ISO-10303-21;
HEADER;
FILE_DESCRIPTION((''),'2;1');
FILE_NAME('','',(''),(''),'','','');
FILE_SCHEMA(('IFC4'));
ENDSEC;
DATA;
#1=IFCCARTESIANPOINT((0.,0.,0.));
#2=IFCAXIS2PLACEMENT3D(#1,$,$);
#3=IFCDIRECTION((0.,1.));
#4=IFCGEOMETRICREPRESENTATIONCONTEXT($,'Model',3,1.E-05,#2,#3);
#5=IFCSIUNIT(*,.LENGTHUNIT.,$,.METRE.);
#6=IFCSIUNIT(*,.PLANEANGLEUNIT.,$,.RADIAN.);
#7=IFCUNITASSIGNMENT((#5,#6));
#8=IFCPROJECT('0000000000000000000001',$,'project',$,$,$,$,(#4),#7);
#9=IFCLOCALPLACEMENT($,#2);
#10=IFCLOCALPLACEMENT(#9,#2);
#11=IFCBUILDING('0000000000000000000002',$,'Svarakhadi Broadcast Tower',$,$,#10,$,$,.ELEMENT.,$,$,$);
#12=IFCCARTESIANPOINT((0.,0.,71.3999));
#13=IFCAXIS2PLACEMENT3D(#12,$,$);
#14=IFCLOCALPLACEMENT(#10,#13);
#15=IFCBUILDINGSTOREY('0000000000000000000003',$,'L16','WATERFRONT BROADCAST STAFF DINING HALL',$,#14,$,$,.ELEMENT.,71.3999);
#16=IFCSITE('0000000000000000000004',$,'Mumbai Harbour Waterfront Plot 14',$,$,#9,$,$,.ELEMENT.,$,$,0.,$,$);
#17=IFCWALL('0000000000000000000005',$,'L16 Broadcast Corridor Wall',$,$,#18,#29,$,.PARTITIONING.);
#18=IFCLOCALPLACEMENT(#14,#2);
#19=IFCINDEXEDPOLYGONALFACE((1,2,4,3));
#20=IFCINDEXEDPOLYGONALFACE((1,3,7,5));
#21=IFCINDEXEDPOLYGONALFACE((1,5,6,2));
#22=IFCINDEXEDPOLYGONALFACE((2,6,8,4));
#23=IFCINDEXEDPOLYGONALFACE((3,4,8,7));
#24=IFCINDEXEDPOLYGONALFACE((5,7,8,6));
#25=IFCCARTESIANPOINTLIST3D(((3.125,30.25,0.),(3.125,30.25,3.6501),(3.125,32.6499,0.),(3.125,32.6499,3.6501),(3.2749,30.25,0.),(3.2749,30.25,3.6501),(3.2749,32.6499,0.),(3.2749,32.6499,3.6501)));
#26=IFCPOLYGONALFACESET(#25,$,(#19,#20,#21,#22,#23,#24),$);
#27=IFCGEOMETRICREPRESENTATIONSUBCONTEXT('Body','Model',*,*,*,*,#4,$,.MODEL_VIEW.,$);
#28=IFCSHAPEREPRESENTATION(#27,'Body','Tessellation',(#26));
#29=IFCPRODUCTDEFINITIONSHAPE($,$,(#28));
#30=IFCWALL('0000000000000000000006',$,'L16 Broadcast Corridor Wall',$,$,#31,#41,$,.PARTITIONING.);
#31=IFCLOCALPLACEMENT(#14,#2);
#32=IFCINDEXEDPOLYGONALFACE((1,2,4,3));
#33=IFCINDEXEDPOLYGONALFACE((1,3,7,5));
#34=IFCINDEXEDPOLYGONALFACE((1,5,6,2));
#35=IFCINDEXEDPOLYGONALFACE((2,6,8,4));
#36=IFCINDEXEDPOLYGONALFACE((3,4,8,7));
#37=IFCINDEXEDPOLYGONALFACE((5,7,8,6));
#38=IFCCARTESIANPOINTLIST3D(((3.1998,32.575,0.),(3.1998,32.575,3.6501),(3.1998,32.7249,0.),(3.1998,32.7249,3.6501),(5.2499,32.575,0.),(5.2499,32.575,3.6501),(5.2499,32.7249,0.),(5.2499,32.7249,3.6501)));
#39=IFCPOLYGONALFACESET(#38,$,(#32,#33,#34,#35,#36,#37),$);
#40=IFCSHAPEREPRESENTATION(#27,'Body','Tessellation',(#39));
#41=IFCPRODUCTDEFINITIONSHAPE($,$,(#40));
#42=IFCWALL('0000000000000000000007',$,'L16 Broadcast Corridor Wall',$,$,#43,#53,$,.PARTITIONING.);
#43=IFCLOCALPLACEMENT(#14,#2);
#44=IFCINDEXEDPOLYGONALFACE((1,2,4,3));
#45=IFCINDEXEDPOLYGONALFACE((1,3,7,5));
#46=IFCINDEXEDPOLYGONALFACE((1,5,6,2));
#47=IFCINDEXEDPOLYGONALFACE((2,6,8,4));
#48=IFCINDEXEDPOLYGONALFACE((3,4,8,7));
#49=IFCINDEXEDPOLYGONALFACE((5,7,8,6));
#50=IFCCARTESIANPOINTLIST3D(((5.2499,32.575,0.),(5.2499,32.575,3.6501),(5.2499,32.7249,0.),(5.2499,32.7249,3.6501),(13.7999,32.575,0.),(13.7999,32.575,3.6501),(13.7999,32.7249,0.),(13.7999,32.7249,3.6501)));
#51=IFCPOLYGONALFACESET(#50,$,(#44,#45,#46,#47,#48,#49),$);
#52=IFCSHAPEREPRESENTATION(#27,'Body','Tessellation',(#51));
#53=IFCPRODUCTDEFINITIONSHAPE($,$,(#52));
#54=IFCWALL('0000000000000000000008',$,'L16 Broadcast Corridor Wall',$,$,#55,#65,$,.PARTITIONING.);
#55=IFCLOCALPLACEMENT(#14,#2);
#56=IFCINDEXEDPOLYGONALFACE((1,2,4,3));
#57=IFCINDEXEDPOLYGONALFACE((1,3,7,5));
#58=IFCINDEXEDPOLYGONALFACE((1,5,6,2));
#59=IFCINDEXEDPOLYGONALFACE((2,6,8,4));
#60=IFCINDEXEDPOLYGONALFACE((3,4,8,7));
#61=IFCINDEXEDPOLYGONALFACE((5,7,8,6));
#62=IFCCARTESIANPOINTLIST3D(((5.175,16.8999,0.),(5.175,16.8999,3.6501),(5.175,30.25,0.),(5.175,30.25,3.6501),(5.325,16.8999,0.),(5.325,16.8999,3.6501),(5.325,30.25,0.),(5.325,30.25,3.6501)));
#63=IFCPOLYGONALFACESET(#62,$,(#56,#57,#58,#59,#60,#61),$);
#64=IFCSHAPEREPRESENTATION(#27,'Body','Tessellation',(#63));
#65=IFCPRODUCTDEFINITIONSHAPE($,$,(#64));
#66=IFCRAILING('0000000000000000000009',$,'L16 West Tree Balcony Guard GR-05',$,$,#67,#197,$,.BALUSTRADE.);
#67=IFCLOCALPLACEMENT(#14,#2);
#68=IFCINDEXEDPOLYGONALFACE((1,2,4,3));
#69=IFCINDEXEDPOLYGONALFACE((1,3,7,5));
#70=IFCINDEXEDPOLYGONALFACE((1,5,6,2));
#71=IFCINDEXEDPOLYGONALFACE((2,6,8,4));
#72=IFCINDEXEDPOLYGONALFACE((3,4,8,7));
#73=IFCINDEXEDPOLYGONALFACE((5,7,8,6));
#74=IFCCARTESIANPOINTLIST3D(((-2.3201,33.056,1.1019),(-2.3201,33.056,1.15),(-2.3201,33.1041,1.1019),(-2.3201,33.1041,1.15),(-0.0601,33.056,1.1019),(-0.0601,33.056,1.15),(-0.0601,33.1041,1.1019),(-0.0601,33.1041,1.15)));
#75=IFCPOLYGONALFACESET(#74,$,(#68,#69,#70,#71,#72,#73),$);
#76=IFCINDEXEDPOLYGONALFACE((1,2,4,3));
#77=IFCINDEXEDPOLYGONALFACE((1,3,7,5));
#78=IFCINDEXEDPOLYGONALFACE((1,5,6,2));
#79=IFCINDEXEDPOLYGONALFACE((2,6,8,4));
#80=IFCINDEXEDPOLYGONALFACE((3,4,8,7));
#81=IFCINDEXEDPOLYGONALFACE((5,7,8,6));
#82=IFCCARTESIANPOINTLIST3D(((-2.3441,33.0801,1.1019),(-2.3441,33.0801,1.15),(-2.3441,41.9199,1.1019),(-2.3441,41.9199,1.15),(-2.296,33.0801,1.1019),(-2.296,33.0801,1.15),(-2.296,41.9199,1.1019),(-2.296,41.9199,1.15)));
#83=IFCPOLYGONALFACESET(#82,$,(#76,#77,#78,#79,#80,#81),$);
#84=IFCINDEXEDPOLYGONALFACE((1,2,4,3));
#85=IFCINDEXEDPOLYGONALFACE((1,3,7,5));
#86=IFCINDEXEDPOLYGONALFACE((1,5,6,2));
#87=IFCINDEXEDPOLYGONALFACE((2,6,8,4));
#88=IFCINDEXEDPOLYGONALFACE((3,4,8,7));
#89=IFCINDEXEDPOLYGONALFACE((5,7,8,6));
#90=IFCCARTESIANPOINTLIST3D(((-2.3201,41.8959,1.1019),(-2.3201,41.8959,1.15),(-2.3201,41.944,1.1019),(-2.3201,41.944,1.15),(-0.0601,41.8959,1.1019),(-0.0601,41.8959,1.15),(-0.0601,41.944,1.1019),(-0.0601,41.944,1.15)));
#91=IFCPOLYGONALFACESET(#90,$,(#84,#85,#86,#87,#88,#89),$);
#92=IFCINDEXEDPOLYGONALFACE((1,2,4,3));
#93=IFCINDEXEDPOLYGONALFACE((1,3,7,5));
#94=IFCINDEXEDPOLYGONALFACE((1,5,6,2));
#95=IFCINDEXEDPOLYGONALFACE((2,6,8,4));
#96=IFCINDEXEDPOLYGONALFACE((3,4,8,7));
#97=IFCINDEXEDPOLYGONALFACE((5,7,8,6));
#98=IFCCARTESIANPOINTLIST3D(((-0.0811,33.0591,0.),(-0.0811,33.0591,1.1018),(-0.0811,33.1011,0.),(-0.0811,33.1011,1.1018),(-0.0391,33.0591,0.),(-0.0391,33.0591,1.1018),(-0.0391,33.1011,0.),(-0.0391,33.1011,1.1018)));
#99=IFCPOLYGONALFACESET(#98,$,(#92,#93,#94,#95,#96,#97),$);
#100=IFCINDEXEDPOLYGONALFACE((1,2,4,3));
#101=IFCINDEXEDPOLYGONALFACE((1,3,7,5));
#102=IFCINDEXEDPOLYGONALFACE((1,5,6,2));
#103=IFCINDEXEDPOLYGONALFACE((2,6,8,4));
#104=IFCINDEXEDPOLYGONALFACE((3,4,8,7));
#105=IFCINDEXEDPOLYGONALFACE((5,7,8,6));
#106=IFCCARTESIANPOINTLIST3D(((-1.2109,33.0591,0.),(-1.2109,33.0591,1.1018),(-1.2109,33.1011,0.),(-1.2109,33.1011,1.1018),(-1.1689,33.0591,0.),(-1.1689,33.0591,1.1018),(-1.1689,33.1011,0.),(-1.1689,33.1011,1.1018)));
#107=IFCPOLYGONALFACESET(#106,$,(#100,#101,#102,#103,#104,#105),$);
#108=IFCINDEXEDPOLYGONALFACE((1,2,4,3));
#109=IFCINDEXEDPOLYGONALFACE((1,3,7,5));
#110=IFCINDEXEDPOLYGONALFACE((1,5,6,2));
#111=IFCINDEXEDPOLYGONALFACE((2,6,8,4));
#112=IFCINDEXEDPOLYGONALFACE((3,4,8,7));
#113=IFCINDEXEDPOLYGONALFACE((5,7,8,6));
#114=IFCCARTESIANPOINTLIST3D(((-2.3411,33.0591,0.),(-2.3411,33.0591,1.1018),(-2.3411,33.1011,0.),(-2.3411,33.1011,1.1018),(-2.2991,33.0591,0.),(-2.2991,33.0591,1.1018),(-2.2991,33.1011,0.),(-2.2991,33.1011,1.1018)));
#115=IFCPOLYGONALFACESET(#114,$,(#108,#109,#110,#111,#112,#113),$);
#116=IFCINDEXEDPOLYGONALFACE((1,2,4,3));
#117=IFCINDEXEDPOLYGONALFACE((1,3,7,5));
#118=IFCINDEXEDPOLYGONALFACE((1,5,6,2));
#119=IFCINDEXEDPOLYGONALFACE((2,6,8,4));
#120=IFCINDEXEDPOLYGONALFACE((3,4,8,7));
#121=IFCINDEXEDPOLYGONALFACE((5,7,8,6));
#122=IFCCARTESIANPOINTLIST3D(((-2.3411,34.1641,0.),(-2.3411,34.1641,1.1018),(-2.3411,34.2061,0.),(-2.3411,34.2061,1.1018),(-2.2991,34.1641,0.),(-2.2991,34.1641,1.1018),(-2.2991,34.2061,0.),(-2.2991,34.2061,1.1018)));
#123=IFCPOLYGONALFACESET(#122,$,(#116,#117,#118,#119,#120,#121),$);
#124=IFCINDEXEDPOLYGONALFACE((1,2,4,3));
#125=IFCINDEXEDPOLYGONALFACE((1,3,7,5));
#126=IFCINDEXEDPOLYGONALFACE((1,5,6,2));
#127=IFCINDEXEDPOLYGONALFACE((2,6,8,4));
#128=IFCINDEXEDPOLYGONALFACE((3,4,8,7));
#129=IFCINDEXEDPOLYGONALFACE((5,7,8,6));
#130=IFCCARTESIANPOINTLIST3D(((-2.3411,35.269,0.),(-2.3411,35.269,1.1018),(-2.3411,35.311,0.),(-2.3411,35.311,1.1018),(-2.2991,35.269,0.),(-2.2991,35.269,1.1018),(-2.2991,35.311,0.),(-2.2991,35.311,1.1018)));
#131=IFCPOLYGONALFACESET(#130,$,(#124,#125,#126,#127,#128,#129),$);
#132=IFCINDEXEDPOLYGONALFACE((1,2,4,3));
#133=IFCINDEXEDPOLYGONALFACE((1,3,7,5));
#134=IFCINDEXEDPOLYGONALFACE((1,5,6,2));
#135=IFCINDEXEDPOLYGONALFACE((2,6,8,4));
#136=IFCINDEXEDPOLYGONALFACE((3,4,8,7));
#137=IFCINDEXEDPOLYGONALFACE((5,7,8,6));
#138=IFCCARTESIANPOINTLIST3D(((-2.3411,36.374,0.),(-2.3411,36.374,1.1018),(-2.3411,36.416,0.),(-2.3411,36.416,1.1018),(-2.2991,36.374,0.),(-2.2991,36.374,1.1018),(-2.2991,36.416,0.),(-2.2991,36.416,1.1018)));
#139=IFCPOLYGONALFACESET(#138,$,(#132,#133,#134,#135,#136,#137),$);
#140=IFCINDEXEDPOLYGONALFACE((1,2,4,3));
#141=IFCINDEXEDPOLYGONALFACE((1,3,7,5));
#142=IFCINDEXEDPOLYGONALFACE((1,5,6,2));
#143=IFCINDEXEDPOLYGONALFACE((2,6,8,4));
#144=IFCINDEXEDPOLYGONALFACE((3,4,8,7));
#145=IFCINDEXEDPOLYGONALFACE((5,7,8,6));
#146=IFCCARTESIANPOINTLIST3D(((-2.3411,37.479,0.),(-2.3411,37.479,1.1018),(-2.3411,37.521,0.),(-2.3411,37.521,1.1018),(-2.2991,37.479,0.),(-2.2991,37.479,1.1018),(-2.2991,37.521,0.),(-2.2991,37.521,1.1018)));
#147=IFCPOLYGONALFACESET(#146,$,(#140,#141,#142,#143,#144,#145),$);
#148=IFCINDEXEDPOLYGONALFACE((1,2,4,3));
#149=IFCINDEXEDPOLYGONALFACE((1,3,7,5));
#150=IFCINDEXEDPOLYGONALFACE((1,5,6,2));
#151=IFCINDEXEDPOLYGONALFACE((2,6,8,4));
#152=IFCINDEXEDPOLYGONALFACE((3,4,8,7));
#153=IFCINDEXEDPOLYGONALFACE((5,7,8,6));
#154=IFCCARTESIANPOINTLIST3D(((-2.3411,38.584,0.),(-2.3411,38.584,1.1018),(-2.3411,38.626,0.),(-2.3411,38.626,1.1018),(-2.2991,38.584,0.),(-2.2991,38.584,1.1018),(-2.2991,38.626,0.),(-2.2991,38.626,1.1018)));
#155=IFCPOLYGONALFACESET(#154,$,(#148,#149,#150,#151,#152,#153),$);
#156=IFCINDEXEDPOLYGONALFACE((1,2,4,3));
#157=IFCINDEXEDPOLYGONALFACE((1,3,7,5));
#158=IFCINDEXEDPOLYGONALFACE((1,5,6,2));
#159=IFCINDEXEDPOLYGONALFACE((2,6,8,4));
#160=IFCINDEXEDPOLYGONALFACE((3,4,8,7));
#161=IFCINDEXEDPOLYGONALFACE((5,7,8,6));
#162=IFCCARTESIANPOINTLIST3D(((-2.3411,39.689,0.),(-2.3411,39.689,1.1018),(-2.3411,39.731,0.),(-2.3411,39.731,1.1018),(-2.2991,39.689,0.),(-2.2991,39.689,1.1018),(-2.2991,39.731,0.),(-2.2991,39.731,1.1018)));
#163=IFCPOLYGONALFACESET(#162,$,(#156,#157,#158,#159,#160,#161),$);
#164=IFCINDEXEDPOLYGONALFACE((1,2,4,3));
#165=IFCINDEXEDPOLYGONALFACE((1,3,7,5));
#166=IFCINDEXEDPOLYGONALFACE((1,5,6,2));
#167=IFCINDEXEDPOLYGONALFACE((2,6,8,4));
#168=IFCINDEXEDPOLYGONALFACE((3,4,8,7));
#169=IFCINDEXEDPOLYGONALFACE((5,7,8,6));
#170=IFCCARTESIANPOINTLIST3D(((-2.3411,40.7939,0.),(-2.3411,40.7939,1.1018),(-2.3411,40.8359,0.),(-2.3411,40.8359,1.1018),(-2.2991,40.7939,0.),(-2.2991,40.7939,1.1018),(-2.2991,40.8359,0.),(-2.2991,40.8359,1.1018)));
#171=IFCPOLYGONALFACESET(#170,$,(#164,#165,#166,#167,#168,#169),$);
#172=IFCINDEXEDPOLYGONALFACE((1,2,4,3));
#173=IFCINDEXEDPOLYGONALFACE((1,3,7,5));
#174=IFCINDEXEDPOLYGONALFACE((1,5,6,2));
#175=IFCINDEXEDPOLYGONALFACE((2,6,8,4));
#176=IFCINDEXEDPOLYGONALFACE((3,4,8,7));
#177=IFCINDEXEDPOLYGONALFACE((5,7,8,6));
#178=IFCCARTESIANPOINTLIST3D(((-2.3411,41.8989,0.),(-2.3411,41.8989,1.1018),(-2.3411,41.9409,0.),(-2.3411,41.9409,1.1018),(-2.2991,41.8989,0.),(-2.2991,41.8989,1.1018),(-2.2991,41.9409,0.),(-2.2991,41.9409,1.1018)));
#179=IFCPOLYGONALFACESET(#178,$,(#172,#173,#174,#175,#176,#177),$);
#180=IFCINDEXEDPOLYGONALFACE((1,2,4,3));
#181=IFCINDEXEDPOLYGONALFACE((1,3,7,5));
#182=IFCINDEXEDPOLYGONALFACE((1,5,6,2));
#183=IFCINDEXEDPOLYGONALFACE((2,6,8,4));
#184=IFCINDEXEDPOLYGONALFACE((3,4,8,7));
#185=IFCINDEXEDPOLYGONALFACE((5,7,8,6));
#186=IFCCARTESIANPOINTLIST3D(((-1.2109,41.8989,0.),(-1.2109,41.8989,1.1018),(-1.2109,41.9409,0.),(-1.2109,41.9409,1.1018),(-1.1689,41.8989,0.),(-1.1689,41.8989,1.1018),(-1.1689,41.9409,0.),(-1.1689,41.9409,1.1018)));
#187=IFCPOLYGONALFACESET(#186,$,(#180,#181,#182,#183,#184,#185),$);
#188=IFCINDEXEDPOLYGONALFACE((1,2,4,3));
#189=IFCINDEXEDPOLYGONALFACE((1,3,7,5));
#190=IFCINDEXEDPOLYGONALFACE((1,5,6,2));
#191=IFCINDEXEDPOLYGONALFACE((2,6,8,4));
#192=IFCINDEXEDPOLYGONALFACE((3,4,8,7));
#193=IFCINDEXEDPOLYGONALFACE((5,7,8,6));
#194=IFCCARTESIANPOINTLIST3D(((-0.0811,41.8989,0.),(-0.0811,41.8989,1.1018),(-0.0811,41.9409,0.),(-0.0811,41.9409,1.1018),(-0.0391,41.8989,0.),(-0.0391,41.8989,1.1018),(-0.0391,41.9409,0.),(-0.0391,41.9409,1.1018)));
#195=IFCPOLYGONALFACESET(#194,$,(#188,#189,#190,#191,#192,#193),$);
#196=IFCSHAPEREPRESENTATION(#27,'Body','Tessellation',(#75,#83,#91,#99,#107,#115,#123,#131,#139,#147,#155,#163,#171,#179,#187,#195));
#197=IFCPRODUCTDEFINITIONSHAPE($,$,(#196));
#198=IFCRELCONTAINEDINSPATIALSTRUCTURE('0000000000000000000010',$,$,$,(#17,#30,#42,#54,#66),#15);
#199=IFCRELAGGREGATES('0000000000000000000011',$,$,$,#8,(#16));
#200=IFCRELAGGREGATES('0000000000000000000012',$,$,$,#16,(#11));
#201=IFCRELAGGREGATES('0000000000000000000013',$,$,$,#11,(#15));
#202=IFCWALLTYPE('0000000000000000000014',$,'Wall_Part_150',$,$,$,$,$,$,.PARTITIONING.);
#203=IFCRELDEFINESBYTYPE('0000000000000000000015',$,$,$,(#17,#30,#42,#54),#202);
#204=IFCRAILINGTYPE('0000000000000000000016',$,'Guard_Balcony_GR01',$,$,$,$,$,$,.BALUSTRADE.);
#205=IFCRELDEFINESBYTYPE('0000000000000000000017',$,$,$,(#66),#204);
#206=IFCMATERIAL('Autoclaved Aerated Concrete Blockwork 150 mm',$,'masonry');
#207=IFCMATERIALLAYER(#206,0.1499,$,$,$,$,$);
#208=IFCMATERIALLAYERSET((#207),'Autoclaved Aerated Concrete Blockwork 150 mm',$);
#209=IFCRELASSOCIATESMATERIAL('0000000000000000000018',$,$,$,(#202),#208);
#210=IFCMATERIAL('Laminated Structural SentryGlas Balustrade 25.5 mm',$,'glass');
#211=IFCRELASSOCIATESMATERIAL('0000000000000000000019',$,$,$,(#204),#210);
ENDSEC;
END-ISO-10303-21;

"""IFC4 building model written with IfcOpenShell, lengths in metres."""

from ifc_helpers import new_model, si_unit, direction, frame, frame_2d, origin, origin_2d, place, context, subcontext, project, spatial, rectangle, extrude, material, layer, layer_set, type_object, element, save


model = new_model("IFC4")

# Units and contexts
model_context = context("Model", 3, precision=1e-05, world=origin(), true_north=direction((0.0, 1.0)))
body_context = subcontext(model_context, "Body", "Model", "MODEL_VIEW")
ifc_project = project(units=[si_unit("LENGTHUNIT", "METRE"), si_unit("PLANEANGLEUNIT", "RADIAN")], contexts=[model_context])

# Site, building, storey
site_placement = place(None, origin())
site = spatial("IfcSite", under=ifc_project, at=site_placement, Name="Mumbai Harbour Waterfront Plot 14", CompositionType="ELEMENT", RefElevation=0.0)
building_placement = place(site_placement, origin())
building = spatial("IfcBuilding", under=site, at=building_placement, Name="Svarakhadi Broadcast Tower", CompositionType="ELEMENT")
storey_placement = place(building_placement, frame((0.0, 0.0, 71.3999)))
storey = spatial("IfcBuildingStorey", under=building, at=storey_placement, Name="L16", Description="WATERFRONT BROADCAST STAFF DINING HALL", CompositionType="ELEMENT", Elevation=71.3999)

# Walls
ifc_material_1 = material(Name="Autoclaved Aerated Concrete Blockwork 150 mm", Category="masonry")
ifc_layer_1 = layer(ifc_material_1, 0.1499)
ifc_layer_set_1 = layer_set([ifc_layer_1], Name="Autoclaved Aerated Concrete Blockwork 150 mm")
wall_type_1 = type_object("IfcWallType", Name="Wall_Part_150", PredefinedType="PARTITIONING", material=ifc_layer_set_1)
wall_1_placement = place(storey_placement, frame((3.2, 30.25, 0.0), z_axis=(0.0, 0.0, 1.0), x_axis=(0.0, 1.0, 0.0)))
element("IfcWall", 1, at=wall_1_placement, inside=storey, type_object=wall_type_1, Name="L16 Broadcast Corridor Wall", PredefinedType="PARTITIONING", context=body_context, shape_type="SweptSolid", body=[
    extrude(rectangle(XDim=2.3999, YDim=0.1499, at=frame_2d((1.2, 0.0))), origin(), (0.0, 0.0, 1.0), 3.6501),
])
wall_2_placement = place(storey_placement, frame((3.2, 32.6499, 0.0), z_axis=(0.0, 0.0, 1.0), x_axis=(1.0, 0.0, 0.0)))
element("IfcWall", 2, at=wall_2_placement, inside=storey, type_object=wall_type_1, Name="L16 Broadcast Corridor Wall", PredefinedType="PARTITIONING", context=body_context, shape_type="SweptSolid", body=[
    extrude(rectangle(XDim=2.05, YDim=0.1499, at=frame_2d((1.0249, 0.0))), origin(), (0.0, 0.0, 1.0), 3.6501),
])
wall_3_placement = place(storey_placement, frame((5.25, 32.6499, 0.0), z_axis=(0.0, 0.0, 1.0), x_axis=(1.0, 0.0, 0.0)))
element("IfcWall", 3, at=wall_3_placement, inside=storey, type_object=wall_type_1, Name="L16 Broadcast Corridor Wall", PredefinedType="PARTITIONING", context=body_context, shape_type="SweptSolid", body=[
    extrude(rectangle(XDim=8.55, YDim=0.1499, at=frame_2d((4.2749, 0.0))), origin(), (0.0, 0.0, 1.0), 3.6501),
])
wall_4_placement = place(storey_placement, frame((5.25, 30.25, 0.0), z_axis=(0.0, 0.0, 1.0), x_axis=(0.0, -1.0, 0.0)))
element("IfcWall", 4, at=wall_4_placement, inside=storey, type_object=wall_type_1, Name="L16 Broadcast Corridor Wall", PredefinedType="PARTITIONING", context=body_context, shape_type="SweptSolid", body=[
    extrude(rectangle(XDim=13.3501, YDim=0.1499, at=frame_2d((6.675, 0.0))), origin(), (0.0, 0.0, 1.0), 3.6501),
])

# Railing
ifc_material_2 = material(Name="Laminated Structural SentryGlas Balustrade 25.5 mm", Category="glass")
railing_type = type_object("IfcRailingType", Name="Guard_Balcony_GR01", PredefinedType="BALUSTRADE", material=ifc_material_2)
railing_placement = place(storey_placement, frame((-0.0601, 33.0801, 0.0)))
element("IfcRailing", 5, at=railing_placement, inside=storey, type_object=railing_type, Name="L16 West Tree Balcony Guard GR-05", PredefinedType="BALUSTRADE", context=body_context, shape_type="SweptSolid", body=[
    extrude(rectangle(XDim=0.0481, YDim=0.0481, at=origin_2d()), frame((0.0, 0.0, 1.126), z_axis=(-1.0, 0.0, 0.0), x_axis=(0.0, -1.0, 0.0)), (0.0, 0.0, 1.0), 2.26),
    extrude(rectangle(XDim=0.0481, YDim=0.0481, at=origin_2d()), frame((-2.26, 0.0, 1.126), z_axis=(0.0, 1.0, 0.0), x_axis=(-1.0, 0.0, 0.0)), (0.0, 0.0, 1.0), 8.8398),
    extrude(rectangle(XDim=0.0481, YDim=0.0481, at=origin_2d()), frame((-2.26, 8.8398, 1.126), z_axis=(1.0, 0.0, 0.0), x_axis=(0.0, 1.0, 0.0)), (0.0, 0.0, 1.0), 2.26),
    extrude(rectangle(XDim=0.042, YDim=0.042, at=origin_2d()), origin(), (0.0, 0.0, 1.0), 1.1018),
    extrude(rectangle(XDim=0.042, YDim=0.042, at=origin_2d()), frame((-1.1299, 0.0, 0.0)), (0.0, 0.0, 1.0), 1.1018),
    extrude(rectangle(XDim=0.042, YDim=0.042, at=origin_2d()), frame((-2.26, 0.0, 0.0)), (0.0, 0.0, 1.0), 1.1018),
    extrude(rectangle(XDim=0.042, YDim=0.042, at=origin_2d()), frame((-2.26, 1.105, 0.0)), (0.0, 0.0, 1.0), 1.1018),
    extrude(rectangle(XDim=0.042, YDim=0.042, at=origin_2d()), frame((-2.26, 2.21, 0.0)), (0.0, 0.0, 1.0), 1.1018),
    extrude(rectangle(XDim=0.042, YDim=0.042, at=origin_2d()), frame((-2.26, 3.3149, 0.0)), (0.0, 0.0, 1.0), 1.1018),
    extrude(rectangle(XDim=0.042, YDim=0.042, at=origin_2d()), frame((-2.26, 4.4199, 0.0)), (0.0, 0.0, 1.0), 1.1018),
    extrude(rectangle(XDim=0.042, YDim=0.042, at=origin_2d()), frame((-2.26, 5.5249, 0.0)), (0.0, 0.0, 1.0), 1.1018),
    extrude(rectangle(XDim=0.042, YDim=0.042, at=origin_2d()), frame((-2.26, 6.6299, 0.0)), (0.0, 0.0, 1.0), 1.1018),
    extrude(rectangle(XDim=0.042, YDim=0.042, at=origin_2d()), frame((-2.26, 7.7349, 0.0)), (0.0, 0.0, 1.0), 1.1018),
    extrude(rectangle(XDim=0.042, YDim=0.042, at=origin_2d()), frame((-2.26, 8.8398, 0.0)), (0.0, 0.0, 1.0), 1.1018),
    extrude(rectangle(XDim=0.042, YDim=0.042, at=origin_2d()), frame((-1.1299, 8.8398, 0.0)), (0.0, 0.0, 1.0), 1.1018),
    extrude(rectangle(XDim=0.042, YDim=0.042, at=origin_2d()), frame((0.0, 8.8398, 0.0)), (0.0, 0.0, 1.0), 1.1018),
])

save(model, "model.ifc")
